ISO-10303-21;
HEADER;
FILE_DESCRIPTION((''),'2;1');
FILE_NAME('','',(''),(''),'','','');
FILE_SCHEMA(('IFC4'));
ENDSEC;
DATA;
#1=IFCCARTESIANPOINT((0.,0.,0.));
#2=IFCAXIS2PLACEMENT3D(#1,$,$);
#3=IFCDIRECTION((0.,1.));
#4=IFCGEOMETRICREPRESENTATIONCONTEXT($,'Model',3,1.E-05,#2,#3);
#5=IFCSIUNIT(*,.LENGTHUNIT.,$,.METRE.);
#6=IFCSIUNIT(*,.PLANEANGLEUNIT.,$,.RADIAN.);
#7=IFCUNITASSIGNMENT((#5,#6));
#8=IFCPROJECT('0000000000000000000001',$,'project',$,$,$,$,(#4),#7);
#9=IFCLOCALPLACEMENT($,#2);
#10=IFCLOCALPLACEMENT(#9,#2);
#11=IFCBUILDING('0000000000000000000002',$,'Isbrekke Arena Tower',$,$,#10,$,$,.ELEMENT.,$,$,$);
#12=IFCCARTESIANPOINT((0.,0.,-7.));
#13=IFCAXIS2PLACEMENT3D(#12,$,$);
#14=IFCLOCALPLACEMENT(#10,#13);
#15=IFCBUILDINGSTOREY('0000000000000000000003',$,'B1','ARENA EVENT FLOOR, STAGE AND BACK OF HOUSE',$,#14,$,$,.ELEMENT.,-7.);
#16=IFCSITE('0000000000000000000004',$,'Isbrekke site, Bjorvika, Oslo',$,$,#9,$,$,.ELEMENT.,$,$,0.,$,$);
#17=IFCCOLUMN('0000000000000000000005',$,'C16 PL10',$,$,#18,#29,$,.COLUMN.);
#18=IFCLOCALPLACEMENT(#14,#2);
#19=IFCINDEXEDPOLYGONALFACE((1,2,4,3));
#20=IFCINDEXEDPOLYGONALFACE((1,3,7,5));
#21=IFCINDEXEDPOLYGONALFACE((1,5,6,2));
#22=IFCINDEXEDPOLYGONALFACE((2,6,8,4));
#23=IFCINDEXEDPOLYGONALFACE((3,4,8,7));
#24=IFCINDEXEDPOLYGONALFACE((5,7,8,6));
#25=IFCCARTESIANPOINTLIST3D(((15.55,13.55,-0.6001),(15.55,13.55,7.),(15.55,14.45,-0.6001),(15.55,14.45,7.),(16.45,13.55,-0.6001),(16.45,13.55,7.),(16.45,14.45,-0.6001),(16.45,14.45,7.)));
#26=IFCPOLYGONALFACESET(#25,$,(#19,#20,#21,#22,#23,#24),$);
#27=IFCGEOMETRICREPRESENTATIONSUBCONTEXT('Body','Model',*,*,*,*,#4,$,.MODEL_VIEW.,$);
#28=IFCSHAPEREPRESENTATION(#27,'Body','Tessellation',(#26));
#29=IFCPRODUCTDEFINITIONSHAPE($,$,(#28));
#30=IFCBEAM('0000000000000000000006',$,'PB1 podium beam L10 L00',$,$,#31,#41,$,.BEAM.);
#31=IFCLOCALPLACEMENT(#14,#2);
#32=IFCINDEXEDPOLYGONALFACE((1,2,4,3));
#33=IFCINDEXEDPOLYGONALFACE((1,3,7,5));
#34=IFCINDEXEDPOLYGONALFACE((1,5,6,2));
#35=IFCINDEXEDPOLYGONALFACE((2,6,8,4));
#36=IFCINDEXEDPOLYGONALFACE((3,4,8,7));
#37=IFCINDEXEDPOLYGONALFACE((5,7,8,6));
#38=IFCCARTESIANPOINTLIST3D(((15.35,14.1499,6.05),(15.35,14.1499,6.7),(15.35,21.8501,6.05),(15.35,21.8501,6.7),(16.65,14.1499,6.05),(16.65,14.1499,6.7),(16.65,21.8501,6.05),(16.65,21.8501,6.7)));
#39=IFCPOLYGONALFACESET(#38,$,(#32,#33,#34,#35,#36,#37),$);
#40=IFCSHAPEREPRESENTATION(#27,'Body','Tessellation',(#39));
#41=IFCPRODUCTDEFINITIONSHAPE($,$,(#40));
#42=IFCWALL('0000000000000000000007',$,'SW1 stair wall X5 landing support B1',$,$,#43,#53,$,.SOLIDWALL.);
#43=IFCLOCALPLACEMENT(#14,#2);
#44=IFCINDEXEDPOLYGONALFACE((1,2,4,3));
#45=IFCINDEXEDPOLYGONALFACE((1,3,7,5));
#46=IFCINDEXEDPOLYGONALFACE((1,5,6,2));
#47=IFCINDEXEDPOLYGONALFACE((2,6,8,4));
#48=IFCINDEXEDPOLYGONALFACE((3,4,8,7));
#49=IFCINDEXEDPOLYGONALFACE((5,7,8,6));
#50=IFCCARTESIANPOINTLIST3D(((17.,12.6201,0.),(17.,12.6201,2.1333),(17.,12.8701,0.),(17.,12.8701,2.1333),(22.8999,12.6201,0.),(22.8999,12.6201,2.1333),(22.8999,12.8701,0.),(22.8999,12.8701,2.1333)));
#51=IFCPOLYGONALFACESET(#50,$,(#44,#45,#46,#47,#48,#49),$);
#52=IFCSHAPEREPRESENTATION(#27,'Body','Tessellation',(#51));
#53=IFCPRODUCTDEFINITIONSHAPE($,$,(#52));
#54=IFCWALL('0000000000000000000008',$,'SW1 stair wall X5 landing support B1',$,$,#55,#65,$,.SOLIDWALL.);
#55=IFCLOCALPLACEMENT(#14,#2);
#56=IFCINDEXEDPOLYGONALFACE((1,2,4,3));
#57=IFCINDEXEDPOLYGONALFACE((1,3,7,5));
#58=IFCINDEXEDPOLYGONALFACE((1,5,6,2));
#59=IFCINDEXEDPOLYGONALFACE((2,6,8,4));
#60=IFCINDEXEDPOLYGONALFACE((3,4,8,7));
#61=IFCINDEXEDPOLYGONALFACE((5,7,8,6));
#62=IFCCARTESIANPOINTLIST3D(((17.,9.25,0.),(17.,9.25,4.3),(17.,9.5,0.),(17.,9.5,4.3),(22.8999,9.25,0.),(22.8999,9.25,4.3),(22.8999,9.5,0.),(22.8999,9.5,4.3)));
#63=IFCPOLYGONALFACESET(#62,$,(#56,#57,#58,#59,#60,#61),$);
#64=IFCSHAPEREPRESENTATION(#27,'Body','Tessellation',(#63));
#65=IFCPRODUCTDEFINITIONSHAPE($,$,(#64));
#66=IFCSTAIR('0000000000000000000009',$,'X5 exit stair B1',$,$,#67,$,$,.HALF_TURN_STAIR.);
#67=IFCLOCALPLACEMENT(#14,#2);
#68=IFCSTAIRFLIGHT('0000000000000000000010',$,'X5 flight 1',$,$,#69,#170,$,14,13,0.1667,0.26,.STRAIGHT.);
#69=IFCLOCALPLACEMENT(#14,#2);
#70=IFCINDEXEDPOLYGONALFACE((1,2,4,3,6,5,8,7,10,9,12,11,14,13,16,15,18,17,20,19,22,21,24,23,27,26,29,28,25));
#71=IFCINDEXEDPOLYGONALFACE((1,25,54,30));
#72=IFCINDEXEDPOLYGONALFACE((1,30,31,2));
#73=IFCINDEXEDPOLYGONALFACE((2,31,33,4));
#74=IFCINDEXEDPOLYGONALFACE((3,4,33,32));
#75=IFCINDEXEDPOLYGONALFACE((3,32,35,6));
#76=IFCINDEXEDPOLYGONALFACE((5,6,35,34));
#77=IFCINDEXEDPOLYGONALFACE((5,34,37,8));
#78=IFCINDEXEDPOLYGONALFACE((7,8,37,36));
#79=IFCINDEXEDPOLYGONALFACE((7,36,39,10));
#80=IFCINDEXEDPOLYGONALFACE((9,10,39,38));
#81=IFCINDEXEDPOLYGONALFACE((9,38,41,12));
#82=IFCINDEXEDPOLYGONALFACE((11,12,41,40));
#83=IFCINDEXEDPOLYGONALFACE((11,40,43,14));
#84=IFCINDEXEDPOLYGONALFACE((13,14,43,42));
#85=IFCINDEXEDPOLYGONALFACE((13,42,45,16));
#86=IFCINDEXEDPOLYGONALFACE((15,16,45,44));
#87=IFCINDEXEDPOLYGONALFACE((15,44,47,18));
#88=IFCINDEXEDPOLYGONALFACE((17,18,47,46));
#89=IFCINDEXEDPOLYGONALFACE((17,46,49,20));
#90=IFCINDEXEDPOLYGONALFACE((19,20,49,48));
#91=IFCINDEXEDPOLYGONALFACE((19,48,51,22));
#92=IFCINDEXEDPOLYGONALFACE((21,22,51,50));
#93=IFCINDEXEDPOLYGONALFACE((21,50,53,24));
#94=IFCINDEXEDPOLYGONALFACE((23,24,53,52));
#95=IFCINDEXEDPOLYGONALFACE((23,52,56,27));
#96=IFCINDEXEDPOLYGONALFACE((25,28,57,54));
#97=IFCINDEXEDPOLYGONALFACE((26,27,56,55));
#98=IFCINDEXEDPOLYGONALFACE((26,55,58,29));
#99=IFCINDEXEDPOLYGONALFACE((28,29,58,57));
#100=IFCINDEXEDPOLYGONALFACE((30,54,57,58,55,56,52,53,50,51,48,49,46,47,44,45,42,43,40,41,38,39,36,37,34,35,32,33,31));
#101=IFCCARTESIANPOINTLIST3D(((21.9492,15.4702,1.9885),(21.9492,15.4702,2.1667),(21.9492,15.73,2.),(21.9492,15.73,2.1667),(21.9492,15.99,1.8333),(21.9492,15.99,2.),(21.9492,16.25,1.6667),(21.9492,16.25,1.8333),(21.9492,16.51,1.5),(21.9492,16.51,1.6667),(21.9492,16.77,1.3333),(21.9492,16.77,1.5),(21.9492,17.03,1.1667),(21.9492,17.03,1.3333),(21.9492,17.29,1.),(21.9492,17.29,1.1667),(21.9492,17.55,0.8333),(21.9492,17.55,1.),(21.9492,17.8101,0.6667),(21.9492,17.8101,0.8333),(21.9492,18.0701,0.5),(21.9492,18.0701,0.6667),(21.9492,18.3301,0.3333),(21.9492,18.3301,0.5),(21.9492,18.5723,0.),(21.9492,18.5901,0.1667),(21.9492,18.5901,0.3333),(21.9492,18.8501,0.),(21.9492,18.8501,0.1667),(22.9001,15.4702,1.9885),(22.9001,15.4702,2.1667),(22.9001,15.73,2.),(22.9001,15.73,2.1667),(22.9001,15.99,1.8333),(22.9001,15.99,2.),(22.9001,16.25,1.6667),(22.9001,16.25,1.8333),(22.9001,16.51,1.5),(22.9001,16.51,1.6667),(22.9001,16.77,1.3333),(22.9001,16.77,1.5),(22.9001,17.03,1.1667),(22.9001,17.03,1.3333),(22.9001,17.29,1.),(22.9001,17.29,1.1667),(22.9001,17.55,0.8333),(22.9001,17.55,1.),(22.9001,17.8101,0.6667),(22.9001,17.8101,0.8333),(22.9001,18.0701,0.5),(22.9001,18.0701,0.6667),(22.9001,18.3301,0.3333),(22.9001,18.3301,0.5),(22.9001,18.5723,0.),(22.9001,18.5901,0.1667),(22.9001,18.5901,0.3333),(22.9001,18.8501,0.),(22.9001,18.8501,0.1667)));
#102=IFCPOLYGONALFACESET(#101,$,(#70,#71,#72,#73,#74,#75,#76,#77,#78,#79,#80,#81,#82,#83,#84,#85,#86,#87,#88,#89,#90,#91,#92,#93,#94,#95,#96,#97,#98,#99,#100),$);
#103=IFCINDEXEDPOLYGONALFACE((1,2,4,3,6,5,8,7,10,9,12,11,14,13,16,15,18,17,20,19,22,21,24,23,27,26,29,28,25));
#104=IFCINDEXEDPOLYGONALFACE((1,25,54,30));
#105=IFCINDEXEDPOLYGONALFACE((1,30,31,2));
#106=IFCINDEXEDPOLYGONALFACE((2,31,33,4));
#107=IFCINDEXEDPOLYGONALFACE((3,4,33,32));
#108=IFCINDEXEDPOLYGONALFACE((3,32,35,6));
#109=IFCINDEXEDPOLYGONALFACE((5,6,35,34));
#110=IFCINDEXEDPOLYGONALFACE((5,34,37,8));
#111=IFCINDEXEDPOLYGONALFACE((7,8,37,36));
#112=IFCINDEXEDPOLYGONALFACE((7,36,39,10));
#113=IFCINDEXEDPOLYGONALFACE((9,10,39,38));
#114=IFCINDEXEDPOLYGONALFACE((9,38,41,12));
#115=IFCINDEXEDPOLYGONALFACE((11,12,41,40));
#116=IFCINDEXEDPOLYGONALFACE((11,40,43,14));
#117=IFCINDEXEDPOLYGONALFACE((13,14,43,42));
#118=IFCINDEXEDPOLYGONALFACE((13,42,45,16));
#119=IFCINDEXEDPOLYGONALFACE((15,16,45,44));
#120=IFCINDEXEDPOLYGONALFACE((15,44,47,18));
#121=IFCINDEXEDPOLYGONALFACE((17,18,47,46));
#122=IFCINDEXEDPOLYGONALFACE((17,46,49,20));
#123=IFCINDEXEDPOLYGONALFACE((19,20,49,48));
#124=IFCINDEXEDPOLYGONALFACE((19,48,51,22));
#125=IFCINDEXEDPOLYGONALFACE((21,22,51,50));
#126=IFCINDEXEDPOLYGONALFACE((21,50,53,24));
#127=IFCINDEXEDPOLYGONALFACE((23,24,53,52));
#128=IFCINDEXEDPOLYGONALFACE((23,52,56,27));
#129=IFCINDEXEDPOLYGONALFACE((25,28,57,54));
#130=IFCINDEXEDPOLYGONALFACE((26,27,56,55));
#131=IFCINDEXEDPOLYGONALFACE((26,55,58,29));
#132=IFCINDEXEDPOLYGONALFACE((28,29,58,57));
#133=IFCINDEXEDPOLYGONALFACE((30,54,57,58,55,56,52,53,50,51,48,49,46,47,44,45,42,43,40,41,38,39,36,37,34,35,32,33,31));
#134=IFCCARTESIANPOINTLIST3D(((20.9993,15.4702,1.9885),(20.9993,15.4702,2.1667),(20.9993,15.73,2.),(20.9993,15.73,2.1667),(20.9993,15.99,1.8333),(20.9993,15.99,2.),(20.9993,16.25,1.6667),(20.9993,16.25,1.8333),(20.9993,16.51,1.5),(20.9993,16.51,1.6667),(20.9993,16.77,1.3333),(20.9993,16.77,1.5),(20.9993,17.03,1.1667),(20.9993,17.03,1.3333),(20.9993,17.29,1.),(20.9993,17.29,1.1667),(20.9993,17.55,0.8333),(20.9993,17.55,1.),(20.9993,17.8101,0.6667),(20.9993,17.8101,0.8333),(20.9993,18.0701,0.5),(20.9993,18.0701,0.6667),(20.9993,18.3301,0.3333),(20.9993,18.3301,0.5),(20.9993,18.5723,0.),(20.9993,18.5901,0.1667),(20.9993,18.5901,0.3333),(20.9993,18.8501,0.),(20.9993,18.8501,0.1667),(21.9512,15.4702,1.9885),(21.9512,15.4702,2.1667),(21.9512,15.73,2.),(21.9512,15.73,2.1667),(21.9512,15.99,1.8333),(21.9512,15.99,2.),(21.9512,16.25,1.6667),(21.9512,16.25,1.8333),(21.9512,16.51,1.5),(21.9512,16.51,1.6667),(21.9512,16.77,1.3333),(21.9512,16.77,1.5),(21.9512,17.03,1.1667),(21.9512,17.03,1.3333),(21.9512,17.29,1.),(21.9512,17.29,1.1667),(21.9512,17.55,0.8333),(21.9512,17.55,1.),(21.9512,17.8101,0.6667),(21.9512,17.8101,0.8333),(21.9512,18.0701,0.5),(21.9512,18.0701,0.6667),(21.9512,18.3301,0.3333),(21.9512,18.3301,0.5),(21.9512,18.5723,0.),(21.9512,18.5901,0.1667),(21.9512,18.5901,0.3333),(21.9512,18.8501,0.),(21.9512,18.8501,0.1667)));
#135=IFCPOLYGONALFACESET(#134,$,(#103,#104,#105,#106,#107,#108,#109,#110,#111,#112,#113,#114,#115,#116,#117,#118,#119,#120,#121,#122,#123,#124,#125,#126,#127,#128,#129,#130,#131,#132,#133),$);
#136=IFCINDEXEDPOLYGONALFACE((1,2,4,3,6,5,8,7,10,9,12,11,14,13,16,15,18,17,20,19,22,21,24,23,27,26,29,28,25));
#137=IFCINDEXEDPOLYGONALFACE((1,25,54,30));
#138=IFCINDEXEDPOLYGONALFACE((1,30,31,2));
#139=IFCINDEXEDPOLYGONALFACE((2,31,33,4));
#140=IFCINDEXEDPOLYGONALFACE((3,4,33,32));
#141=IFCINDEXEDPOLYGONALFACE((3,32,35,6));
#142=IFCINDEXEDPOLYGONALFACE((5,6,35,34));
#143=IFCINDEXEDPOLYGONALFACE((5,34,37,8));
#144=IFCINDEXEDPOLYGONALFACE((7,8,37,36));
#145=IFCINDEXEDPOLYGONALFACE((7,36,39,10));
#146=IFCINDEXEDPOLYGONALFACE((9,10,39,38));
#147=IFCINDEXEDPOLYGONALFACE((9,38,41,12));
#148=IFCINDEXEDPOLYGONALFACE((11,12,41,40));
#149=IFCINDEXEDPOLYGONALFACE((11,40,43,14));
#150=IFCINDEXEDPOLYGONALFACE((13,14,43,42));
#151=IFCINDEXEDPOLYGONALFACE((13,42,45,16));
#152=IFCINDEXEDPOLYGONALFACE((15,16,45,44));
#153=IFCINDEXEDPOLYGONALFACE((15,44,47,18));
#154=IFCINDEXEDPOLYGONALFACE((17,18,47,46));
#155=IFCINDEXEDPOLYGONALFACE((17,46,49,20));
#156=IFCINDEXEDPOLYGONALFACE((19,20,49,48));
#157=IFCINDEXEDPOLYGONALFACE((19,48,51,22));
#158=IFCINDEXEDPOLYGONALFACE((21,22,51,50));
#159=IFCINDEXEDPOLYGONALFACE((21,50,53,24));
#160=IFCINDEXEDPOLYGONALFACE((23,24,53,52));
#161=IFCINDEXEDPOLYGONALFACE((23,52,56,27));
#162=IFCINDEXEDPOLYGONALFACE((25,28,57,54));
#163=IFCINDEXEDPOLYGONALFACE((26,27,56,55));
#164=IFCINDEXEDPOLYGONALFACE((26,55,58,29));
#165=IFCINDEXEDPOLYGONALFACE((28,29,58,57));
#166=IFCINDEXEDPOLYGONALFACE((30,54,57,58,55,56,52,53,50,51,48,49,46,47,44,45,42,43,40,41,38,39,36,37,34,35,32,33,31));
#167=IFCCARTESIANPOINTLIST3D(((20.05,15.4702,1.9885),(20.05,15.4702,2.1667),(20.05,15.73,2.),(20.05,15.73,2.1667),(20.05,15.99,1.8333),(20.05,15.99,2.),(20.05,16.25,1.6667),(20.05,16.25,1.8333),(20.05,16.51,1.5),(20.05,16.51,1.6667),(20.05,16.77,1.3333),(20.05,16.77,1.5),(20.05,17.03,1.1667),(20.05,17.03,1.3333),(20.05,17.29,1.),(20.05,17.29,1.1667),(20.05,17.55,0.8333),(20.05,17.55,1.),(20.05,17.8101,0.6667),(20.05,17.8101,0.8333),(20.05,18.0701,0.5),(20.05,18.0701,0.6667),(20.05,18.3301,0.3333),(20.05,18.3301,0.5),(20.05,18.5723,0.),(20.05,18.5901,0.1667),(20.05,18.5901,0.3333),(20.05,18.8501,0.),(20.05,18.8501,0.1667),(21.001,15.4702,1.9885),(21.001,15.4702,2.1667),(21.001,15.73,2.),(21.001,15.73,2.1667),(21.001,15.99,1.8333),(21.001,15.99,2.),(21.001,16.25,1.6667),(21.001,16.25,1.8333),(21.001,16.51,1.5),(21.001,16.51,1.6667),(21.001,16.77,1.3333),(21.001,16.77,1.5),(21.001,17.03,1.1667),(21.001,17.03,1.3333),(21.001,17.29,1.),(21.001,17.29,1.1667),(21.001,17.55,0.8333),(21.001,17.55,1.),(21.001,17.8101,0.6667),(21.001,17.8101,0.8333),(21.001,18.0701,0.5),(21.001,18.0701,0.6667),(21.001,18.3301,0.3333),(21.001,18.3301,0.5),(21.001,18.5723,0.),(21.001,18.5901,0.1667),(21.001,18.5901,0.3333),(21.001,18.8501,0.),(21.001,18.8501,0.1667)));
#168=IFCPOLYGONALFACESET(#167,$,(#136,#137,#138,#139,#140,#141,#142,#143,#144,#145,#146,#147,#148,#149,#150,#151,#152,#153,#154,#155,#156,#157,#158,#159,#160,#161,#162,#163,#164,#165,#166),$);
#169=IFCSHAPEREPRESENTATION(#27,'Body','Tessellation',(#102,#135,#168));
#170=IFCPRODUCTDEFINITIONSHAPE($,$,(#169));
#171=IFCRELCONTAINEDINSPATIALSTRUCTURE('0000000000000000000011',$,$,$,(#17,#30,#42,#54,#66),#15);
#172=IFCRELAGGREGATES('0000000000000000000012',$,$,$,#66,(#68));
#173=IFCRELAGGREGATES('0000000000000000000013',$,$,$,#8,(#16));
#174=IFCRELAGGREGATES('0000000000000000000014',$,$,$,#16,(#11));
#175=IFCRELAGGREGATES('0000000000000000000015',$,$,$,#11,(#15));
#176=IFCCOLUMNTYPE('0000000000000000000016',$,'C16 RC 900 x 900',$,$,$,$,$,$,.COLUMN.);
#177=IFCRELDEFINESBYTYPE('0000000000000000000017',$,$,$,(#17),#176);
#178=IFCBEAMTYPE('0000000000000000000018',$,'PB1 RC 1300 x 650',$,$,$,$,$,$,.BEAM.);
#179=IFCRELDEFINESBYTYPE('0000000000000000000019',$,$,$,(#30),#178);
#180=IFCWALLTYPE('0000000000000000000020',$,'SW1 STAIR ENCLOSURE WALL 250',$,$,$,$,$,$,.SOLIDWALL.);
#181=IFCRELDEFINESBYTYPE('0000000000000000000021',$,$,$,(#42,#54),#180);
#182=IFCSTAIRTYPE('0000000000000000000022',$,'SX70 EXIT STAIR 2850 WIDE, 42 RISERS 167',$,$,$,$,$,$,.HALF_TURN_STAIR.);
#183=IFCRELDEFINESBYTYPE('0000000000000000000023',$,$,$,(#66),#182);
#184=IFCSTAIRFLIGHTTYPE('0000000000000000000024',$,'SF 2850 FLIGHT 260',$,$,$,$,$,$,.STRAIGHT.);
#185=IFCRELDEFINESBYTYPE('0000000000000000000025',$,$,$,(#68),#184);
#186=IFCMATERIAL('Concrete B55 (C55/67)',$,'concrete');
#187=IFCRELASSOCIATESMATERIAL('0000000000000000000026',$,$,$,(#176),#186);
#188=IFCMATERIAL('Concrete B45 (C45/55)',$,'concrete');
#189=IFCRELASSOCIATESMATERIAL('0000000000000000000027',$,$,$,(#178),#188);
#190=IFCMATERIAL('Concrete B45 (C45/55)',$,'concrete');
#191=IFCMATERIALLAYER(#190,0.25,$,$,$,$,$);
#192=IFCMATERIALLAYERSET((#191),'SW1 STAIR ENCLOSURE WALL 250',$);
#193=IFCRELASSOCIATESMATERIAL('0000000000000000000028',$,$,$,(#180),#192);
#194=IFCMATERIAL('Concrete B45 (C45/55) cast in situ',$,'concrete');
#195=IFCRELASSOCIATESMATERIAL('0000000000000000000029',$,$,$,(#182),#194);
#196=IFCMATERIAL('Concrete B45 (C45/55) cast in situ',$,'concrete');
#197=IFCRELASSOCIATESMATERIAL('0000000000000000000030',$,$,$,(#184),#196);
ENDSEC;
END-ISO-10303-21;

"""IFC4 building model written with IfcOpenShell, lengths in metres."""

from ifc_helpers import new_model, si_unit, direction, frame, frame_2d, origin, origin_2d, place, context, subcontext, project, spatial, polyline, rectangle, outline, extrude, material, layer, layer_set, material_profile, profile_set, type_object, element, aggregate, save


model = new_model("IFC4")

# Units and contexts
model_context = context("Model", 3, precision=1e-05, world=origin(), true_north=direction((0.0, 1.0)))
body_context = subcontext(model_context, "Body", "Model", "MODEL_VIEW")
ifc_project = project(units=[si_unit("LENGTHUNIT", "METRE"), si_unit("PLANEANGLEUNIT", "RADIAN")], contexts=[model_context])

# Site, building, storey
site_placement = place(None, origin())
site = spatial("IfcSite", under=ifc_project, at=site_placement, Name="Isbrekke site, Bjorvika, Oslo", CompositionType="ELEMENT", RefElevation=0.0)
building_placement = place(site_placement, origin())
building = spatial("IfcBuilding", under=site, at=building_placement, Name="Isbrekke Arena Tower", CompositionType="ELEMENT")
storey_placement = place(building_placement, frame((0.0, 0.0, -7.0)))
storey = spatial("IfcBuildingStorey", under=building, at=storey_placement, Name="B1", Description="ARENA EVENT FLOOR, STAGE AND BACK OF HOUSE", CompositionType="ELEMENT", Elevation=-7.0)

# Column
ifc_material_1 = material(Name="Concrete B55 (C55/67)", Category="concrete")
ifc_material_profile_1 = material_profile(ifc_material_1, rectangle(XDim=0.8999, YDim=0.8999, at=origin_2d()), Name="RC 900x900")
ifc_profile_set_1 = profile_set([ifc_material_profile_1], Name="Concrete B55 (C55/67)")
column_type_1 = type_object("IfcColumnType", Name="C16 RC 900 x 900", PredefinedType="COLUMN", material=ifc_profile_set_1)
column_placement = place(storey_placement, frame((16.0, 14.0, -0.6001), z_axis=(0.0, 0.0, 1.0), x_axis=(1.0, 0.0, 0.0)))
element("IfcColumn", 1, at=column_placement, inside=storey, type_object=column_type_1, Name="C16 PL10", PredefinedType="COLUMN", context=body_context, shape_type="SweptSolid", body=[
    extrude(rectangle(XDim=0.8999, YDim=0.8999, at=origin_2d()), origin(), (0.0, 0.0, 1.0), 7.6001),
])

# Beam
ifc_material_2 = material(Name="Concrete B45 (C45/55)", Category="concrete")
ifc_material_profile_2 = material_profile(ifc_material_2, rectangle(XDim=1.3, YDim=0.6499, at=origin_2d()), Name="RC 1300x650")
ifc_profile_set_2 = profile_set([ifc_material_profile_2], Name="Concrete B45 (C45/55)")
beam_type = type_object("IfcBeamType", Name="PB1 RC 1300 x 650", PredefinedType="BEAM", material=ifc_profile_set_2)
beam_placement = place(storey_placement, frame((16.0, 14.1499, 6.375), z_axis=(0.0, 1.0, 0.0), x_axis=(-1.0, 0.0, 0.0)))
element("IfcBeam", 2, at=beam_placement, inside=storey, type_object=beam_type, Name="PB1 podium beam L10 L00", PredefinedType="BEAM", context=body_context, shape_type="SweptSolid", body=[
    extrude(rectangle(XDim=1.3, YDim=0.6499, at=origin_2d()), origin(), (0.0, 0.0, 1.0), 7.7002),
])

# Walls
ifc_material_3 = material(Name="Concrete B45 (C45/55)", Category="concrete")
ifc_layer = layer(ifc_material_3, 0.25)
ifc_layer_set = layer_set([ifc_layer], Name="SW1 STAIR ENCLOSURE WALL 250")
wall_type = type_object("IfcWallType", Name="SW1 STAIR ENCLOSURE WALL 250", PredefinedType="SOLIDWALL", material=ifc_layer_set)
wall_1_placement = place(storey_placement, frame((17.0, 12.7451, 0.0), z_axis=(0.0, 0.0, 1.0), x_axis=(1.0, 0.0, 0.0)))
element("IfcWall", 3, at=wall_1_placement, inside=storey, type_object=wall_type, Name="SW1 stair wall X5 landing support B1", PredefinedType="SOLIDWALL", context=body_context, shape_type="SweptSolid", body=[
    extrude(rectangle(XDim=5.8999, YDim=0.25, at=frame_2d((2.95, 0.0))), origin(), (0.0, 0.0, 1.0), 2.1333),
])
wall_2_placement = place(storey_placement, frame((17.0, 9.375, 0.0), z_axis=(0.0, 0.0, 1.0), x_axis=(1.0, 0.0, 0.0)))
element("IfcWall", 4, at=wall_2_placement, inside=storey, type_object=wall_type, Name="SW1 stair wall X5 landing support B1", PredefinedType="SOLIDWALL", context=body_context, shape_type="SweptSolid", body=[
    extrude(rectangle(XDim=5.8999, YDim=0.25, at=frame_2d((2.95, 0.0))), origin(), (0.0, 0.0, 1.0), 4.3),
])

# Stair, stair flight
ifc_material_4 = material(Name="Concrete B45 (C45/55) cast in situ", Category="concrete")
stair_type = type_object("IfcStairType", Name="SX70 EXIT STAIR 2850 WIDE, 42 RISERS 167", PredefinedType="HALF_TURN_STAIR", material=ifc_material_4)
stair_placement = place(storey_placement, origin())
stair = element("IfcStair", 5, at=stair_placement, inside=storey, type_object=stair_type, Name="X5 exit stair B1", PredefinedType="HALF_TURN_STAIR")
ifc_material_5 = material(Name="Concrete B45 (C45/55) cast in situ", Category="concrete")
stair_flight_type = type_object("IfcStairFlightType", Name="SF 2850 FLIGHT 260", PredefinedType="STRAIGHT", material=ifc_material_5)
stair_flight_1_placement = place(storey_placement, frame((21.4751, 18.8501, 0.0), z_axis=(0.0, 0.0, 1.0), x_axis=(0.0, -1.0, 0.0)))
stair_flight_1 = element("IfcStairFlight", 6, at=stair_flight_1_placement, type_object=stair_flight_type, Name="X5 flight 1", NumberOfRisers=14, NumberOfTreads=13, PredefinedType="STRAIGHT", RiserHeight=0.1667, TreadLength=0.26, context=body_context, shape_type="SweptSolid", body=[
    extrude(outline(polyline([(0.0, 0.0), (0.0, 0.1667), (0.26, 0.1667), (0.26, 0.3333), (0.52, 0.3333), (0.52, 0.5), (0.78, 0.5), (0.78, 0.6667), (1.04, 0.6667), (1.04, 0.8333), (1.3, 0.8333), (1.3, 1.0), (1.5601, 1.0), (1.5601, 1.1667), (1.8201, 1.1667), (1.8201, 1.3333), (2.0801, 1.3333), (2.0801, 1.5), (2.3401, 1.5), (2.3401, 1.6667), (2.6001, 1.6667), (2.6001, 1.8333), (2.8601, 1.8333), (2.8601, 2.0), (3.1201, 2.0), (3.1201, 2.1667), (3.3799, 2.1667), (3.3799, 2.3333), (3.3799, 1.9885), (0.2778, 0.0), (0.0, 0.0)])), frame((0.0, 1.425, 0.0), z_axis=(0.0, -1.0, 0.0), x_axis=(1.0, 0.0, 0.0)), (0.0, 0.0, 1.0), 0.9509),
    extrude(outline(polyline([(0.0, 0.0), (0.0, 0.1667), (0.26, 0.1667), (0.26, 0.3333), (0.52, 0.3333), (0.52, 0.5), (0.78, 0.5), (0.78, 0.6667), (1.04, 0.6667), (1.04, 0.8333), (1.3, 0.8333), (1.3, 1.0), (1.5601, 1.0), (1.5601, 1.1667), (1.8201, 1.1667), (1.8201, 1.3333), (2.0801, 1.3333), (2.0801, 1.5), (2.3401, 1.5), (2.3401, 1.6667), (2.6001, 1.6667), (2.6001, 1.8333), (2.8601, 1.8333), (2.8601, 2.0), (3.1201, 2.0), (3.1201, 2.1667), (3.3799, 2.1667), (3.3799, 2.3333), (3.3799, 1.9885), (0.2778, 0.0), (0.0, 0.0)])), frame((0.0, 0.4761, 0.0), z_axis=(0.0, -1.0, 0.0), x_axis=(1.0, 0.0, 0.0)), (0.0, 0.0, 1.0), 0.9519),
    extrude(outline(polyline([(0.0, 0.0), (0.0, 0.1667), (0.26, 0.1667), (0.26, 0.3333), (0.52, 0.3333), (0.52, 0.5), (0.78, 0.5), (0.78, 0.6667), (1.04, 0.6667), (1.04, 0.8333), (1.3, 0.8333), (1.3, 1.0), (1.5601, 1.0), (1.5601, 1.1667), (1.8201, 1.1667), (1.8201, 1.3333), (2.0801, 1.3333), (2.0801, 1.5), (2.3401, 1.5), (2.3401, 1.6667), (2.6001, 1.6667), (2.6001, 1.8333), (2.8601, 1.8333), (2.8601, 2.0), (3.1201, 2.0), (3.1201, 2.1667), (3.3799, 2.1667), (3.3799, 2.3333), (3.3799, 1.9885), (0.2778, 0.0), (0.0, 0.0)])), frame((0.0, -0.4741, 0.0), z_axis=(0.0, -1.0, 0.0), x_axis=(1.0, 0.0, 0.0)), (0.0, 0.0, 1.0), 0.9509),
])
aggregate(stair, [stair_flight_1])

save(model, "model.ifc")
